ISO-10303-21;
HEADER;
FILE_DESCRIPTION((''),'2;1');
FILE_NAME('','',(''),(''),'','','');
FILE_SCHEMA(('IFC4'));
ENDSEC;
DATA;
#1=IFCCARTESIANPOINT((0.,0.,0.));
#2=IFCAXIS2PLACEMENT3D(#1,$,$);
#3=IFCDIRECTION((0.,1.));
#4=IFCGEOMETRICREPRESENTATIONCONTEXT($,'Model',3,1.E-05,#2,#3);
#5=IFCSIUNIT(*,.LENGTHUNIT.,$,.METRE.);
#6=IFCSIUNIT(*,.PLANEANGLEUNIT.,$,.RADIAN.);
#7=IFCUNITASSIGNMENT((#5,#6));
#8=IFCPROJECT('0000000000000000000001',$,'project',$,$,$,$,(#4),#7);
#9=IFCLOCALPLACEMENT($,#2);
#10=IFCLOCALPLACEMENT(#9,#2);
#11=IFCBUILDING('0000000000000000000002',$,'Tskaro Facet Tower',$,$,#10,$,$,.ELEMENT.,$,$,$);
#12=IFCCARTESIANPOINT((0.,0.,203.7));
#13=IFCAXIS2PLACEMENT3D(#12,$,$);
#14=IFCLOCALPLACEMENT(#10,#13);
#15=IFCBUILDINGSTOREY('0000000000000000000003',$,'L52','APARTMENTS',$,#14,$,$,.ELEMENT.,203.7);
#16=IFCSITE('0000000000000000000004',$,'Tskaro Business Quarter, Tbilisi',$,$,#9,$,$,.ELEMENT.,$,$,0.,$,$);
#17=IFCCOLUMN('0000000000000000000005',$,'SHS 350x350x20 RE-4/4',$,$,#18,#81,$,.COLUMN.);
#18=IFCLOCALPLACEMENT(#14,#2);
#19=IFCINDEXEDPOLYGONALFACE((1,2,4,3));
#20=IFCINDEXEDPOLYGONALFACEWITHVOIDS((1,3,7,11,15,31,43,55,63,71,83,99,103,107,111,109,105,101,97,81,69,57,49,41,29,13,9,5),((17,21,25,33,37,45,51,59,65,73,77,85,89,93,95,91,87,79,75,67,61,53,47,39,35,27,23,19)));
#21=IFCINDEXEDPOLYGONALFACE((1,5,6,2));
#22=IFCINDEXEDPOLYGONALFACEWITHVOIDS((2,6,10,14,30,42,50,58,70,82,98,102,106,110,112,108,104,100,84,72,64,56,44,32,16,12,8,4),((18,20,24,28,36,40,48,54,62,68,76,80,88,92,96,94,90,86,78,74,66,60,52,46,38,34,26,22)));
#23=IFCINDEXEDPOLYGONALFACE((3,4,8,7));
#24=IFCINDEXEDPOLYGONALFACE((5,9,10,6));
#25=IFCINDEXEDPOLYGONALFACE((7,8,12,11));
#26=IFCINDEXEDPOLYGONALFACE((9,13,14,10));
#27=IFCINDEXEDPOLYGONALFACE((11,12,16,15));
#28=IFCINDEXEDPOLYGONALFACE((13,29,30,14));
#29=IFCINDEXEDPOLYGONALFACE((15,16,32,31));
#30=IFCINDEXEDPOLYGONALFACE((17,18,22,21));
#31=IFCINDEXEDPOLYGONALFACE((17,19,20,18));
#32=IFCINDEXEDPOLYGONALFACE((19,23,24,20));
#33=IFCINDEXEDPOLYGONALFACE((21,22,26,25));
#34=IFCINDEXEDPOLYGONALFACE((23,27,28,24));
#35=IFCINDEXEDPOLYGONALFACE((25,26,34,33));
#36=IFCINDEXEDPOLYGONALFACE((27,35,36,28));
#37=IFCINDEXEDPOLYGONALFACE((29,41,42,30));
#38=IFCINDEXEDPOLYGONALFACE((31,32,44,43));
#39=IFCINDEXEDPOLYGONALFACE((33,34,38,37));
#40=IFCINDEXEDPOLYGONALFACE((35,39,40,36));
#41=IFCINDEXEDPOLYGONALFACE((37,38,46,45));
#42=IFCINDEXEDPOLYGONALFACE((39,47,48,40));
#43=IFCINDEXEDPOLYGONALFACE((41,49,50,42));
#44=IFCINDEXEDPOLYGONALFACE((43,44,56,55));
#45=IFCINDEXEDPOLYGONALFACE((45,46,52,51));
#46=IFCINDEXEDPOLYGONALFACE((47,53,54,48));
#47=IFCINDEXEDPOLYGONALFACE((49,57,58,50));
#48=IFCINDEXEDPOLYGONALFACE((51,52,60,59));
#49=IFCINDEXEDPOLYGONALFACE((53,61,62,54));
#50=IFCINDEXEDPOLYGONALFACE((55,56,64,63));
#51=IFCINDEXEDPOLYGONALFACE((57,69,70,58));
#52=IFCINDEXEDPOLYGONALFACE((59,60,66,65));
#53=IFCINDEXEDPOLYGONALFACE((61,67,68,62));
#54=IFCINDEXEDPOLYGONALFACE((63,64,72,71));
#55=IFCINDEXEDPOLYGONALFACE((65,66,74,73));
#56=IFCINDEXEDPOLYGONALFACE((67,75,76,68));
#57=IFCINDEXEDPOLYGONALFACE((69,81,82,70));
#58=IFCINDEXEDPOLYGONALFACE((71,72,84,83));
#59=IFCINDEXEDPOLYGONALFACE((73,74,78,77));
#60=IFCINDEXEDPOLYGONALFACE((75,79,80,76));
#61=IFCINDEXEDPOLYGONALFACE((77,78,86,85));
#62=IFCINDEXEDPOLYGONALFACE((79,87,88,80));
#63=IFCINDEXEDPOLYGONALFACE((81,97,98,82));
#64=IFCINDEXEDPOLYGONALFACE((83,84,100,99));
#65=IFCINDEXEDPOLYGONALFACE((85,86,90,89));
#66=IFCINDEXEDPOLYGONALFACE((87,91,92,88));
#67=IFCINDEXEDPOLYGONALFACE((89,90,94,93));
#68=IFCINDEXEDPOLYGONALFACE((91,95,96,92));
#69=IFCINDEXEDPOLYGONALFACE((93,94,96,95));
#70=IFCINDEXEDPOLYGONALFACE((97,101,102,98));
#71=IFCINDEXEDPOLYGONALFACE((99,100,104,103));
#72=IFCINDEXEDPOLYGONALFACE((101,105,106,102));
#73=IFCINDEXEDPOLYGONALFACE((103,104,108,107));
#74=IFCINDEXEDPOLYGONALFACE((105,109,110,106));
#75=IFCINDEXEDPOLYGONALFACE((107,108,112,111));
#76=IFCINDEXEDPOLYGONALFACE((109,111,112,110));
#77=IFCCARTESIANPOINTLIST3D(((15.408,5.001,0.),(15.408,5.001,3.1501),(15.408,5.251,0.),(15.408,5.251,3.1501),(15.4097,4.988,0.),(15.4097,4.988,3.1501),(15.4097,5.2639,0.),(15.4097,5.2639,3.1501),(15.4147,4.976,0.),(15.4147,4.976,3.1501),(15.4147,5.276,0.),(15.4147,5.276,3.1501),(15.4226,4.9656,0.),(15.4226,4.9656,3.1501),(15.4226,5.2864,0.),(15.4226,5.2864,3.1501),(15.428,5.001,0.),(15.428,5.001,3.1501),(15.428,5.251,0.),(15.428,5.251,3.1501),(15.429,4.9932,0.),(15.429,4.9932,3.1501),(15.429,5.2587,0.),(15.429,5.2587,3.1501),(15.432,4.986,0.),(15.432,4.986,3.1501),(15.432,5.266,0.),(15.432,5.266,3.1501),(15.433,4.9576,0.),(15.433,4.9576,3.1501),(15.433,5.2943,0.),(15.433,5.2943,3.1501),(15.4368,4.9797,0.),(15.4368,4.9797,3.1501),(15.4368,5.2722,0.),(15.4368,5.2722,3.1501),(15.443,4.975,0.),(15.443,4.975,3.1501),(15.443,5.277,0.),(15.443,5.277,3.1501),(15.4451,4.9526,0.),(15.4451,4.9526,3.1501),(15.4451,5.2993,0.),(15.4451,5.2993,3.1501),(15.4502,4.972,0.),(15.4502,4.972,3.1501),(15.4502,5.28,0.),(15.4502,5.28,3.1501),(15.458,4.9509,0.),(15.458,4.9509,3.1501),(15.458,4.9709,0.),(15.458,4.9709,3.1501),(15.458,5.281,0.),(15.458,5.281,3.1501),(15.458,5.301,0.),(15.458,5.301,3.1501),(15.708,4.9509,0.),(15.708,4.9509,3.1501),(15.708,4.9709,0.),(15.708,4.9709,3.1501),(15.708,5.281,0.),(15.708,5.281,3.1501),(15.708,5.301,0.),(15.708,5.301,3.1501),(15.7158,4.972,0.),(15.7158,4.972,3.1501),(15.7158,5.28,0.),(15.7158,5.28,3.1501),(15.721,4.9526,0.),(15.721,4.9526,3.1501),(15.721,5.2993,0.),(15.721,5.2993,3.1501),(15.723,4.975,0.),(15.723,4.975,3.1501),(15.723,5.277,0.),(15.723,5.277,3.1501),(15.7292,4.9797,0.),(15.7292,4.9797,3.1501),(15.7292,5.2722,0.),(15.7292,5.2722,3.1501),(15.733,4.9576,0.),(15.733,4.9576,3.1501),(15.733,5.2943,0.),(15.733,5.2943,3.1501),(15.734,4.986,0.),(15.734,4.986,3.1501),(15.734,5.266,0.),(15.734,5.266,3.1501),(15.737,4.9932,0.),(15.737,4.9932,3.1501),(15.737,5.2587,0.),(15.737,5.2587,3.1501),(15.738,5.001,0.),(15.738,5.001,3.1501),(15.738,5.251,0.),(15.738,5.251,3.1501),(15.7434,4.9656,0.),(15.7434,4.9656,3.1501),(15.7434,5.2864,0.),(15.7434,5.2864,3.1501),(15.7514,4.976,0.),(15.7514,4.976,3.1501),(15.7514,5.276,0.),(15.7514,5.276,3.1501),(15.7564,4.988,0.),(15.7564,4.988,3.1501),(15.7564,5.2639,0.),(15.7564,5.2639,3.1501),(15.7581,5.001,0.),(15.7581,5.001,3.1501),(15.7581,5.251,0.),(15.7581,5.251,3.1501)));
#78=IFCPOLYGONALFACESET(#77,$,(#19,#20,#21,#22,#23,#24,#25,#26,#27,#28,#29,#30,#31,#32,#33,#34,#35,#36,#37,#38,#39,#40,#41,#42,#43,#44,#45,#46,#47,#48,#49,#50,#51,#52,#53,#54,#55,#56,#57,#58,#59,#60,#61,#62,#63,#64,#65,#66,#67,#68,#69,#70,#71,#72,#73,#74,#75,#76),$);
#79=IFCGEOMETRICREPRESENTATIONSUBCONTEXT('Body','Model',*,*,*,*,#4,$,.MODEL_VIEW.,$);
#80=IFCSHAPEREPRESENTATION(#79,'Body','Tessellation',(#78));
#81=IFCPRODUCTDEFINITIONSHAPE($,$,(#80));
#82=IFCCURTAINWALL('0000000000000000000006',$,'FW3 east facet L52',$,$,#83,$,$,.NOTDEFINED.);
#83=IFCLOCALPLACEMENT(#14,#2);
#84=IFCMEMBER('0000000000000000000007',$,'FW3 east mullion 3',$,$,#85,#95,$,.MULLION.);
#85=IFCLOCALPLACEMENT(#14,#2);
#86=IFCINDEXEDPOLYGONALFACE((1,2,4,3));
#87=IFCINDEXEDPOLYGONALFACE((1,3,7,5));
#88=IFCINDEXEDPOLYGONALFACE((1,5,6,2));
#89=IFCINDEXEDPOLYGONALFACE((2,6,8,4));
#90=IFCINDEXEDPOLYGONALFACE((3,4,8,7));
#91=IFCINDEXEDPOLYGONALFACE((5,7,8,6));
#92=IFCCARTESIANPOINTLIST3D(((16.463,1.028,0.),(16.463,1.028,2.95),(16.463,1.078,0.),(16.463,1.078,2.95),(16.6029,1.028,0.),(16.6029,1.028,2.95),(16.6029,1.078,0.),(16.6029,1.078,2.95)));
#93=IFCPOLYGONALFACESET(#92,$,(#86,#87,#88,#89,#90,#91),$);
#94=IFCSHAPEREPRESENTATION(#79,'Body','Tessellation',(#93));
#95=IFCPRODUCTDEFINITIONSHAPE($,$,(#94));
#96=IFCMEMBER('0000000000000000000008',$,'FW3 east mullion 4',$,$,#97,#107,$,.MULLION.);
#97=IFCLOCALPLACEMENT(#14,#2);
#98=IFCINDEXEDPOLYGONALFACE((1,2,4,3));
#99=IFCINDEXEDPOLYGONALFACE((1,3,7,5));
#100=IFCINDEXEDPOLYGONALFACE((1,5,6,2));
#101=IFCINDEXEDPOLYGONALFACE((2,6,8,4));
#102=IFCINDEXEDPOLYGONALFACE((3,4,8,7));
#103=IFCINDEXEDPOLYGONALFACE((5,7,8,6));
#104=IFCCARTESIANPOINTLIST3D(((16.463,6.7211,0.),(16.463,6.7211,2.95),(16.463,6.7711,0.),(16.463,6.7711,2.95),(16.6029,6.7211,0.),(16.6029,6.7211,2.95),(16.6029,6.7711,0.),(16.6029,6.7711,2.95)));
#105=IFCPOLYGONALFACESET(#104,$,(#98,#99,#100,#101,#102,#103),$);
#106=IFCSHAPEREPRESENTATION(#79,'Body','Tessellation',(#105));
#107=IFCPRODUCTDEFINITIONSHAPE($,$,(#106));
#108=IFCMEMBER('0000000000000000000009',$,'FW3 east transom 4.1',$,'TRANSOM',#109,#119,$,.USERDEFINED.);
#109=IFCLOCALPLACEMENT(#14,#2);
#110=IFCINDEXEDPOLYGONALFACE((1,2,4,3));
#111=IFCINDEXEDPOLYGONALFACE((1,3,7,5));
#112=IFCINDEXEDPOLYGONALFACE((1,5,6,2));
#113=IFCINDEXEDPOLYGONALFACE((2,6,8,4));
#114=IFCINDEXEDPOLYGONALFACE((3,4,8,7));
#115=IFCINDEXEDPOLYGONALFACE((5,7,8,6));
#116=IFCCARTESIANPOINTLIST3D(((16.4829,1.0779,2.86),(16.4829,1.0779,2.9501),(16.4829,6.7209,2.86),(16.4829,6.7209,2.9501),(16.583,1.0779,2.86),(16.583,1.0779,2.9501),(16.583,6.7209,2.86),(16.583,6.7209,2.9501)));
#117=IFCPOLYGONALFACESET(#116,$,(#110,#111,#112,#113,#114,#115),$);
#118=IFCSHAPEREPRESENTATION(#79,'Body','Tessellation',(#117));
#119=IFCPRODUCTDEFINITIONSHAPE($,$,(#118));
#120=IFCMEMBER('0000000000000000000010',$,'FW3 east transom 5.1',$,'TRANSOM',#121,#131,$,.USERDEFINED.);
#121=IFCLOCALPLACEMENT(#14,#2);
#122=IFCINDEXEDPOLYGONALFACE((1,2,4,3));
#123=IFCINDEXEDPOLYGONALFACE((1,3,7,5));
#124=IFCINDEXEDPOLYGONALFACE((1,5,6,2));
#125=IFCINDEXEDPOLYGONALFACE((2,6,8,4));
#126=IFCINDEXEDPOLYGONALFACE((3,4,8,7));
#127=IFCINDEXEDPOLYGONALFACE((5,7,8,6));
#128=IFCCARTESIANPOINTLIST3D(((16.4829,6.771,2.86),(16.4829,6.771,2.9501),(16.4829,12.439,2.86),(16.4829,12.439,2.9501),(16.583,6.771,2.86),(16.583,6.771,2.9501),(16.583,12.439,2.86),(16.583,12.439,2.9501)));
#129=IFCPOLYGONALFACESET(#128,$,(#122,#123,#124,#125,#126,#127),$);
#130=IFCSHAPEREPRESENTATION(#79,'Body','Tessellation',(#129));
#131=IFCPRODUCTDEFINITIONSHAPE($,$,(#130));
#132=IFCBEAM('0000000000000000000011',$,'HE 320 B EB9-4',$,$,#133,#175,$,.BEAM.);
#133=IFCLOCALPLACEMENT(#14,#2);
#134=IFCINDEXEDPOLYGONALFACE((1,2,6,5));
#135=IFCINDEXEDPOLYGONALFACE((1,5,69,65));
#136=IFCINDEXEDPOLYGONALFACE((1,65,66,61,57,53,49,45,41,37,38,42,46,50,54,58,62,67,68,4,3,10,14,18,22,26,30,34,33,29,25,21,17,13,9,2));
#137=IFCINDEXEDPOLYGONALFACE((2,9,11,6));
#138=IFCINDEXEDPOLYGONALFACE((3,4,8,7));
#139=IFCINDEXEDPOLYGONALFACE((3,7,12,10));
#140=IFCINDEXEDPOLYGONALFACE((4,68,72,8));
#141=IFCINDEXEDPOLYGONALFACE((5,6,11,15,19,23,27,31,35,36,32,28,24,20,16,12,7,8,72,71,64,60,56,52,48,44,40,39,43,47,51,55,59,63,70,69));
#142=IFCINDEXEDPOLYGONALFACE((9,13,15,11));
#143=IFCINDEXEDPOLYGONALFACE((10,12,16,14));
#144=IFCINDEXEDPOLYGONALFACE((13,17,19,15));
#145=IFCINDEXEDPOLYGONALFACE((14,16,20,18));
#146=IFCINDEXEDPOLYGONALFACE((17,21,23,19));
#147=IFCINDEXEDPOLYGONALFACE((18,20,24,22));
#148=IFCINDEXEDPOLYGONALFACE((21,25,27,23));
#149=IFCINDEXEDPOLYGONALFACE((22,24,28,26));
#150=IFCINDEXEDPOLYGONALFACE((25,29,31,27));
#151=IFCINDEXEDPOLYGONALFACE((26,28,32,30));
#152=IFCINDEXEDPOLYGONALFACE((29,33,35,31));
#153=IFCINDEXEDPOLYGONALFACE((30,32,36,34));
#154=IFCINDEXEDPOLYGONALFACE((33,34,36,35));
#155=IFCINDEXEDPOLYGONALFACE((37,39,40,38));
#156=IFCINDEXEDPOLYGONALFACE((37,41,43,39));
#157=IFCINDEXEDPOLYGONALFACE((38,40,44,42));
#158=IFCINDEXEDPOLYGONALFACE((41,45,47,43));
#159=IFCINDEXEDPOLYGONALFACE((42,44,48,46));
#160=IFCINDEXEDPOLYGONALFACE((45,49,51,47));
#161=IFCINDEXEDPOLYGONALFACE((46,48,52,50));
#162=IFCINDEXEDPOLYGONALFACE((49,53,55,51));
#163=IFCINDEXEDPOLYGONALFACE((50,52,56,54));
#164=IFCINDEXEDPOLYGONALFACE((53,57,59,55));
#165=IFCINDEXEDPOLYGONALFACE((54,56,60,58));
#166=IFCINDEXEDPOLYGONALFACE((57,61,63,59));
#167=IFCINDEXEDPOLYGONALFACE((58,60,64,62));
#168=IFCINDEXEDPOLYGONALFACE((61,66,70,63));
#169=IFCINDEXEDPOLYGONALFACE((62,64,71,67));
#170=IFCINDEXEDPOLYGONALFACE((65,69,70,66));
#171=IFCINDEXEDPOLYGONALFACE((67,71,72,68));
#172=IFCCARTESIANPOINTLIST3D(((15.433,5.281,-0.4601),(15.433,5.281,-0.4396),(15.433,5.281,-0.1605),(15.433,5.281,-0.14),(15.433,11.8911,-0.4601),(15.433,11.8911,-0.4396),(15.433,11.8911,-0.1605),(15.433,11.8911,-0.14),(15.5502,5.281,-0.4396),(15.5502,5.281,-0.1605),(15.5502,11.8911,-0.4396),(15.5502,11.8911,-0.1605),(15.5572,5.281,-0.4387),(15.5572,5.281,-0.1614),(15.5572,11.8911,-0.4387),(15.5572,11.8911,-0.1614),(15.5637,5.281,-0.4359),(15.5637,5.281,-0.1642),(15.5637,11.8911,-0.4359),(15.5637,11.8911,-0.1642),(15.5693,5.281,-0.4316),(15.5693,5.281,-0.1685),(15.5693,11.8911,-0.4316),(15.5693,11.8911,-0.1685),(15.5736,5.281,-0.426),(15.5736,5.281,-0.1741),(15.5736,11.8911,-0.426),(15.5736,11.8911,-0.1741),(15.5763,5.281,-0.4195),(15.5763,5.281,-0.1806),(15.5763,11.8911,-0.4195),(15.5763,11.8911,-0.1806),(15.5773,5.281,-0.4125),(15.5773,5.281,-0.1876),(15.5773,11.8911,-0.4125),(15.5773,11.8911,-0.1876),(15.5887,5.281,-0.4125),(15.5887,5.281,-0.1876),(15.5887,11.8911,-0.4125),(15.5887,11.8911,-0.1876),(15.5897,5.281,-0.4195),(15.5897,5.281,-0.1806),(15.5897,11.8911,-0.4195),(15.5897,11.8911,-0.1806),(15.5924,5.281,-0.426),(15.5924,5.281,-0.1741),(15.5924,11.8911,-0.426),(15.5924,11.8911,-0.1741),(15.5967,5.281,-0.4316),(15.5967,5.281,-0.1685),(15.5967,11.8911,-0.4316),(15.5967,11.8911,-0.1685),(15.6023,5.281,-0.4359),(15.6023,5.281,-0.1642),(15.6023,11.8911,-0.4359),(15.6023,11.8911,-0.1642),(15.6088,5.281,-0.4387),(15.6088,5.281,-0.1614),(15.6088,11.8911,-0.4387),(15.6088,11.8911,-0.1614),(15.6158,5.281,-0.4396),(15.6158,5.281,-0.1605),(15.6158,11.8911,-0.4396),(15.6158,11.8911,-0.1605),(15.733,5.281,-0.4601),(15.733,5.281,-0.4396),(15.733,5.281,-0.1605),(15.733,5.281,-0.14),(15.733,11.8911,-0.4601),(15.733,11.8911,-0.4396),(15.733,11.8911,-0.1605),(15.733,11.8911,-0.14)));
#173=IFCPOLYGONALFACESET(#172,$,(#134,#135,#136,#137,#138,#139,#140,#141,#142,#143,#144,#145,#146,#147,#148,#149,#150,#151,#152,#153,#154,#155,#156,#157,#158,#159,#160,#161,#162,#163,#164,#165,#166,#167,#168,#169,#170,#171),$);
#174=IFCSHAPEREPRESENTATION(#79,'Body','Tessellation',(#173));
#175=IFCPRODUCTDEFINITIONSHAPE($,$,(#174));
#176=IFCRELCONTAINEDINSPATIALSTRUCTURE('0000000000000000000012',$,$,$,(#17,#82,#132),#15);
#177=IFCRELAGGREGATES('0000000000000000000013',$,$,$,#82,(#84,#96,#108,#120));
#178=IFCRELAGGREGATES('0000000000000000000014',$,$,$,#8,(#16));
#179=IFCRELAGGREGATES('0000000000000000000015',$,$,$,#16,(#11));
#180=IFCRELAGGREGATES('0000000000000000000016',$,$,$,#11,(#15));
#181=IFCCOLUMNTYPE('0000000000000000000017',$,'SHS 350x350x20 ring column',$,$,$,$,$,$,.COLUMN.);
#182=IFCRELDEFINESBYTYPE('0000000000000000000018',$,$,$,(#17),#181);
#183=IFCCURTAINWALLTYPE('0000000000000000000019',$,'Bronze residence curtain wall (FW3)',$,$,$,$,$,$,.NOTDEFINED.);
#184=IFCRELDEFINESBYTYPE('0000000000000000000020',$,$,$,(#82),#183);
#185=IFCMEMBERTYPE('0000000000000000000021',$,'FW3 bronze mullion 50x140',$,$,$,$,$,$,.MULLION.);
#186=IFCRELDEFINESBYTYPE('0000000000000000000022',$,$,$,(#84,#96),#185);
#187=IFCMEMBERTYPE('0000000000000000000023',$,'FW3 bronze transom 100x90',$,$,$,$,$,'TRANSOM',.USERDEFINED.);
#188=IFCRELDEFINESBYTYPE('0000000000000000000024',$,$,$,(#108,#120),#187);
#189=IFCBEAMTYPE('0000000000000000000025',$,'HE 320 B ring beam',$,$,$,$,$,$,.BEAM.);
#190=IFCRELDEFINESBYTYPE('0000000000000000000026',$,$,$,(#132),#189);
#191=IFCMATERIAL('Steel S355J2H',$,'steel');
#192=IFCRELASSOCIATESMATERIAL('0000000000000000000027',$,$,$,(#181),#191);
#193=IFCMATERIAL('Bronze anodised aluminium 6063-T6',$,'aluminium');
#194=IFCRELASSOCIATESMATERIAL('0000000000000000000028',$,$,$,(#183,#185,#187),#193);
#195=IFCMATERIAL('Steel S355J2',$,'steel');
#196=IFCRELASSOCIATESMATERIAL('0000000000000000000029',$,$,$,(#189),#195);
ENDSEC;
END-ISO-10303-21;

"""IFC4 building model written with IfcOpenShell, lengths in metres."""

from ifc_helpers import new_model, si_unit, direction, frame, origin, origin_2d, place, context, subcontext, project, spatial, rectangle, hollow_rectangle, i_section, extrude, material, material_profile, profile_set, type_object, element, aggregate, save


model = new_model("IFC4")

# Units and contexts
model_context = context("Model", 3, precision=1e-05, world=origin(), true_north=direction((0.0, 1.0)))
body_context = subcontext(model_context, "Body", "Model", "MODEL_VIEW")
ifc_project = project(units=[si_unit("LENGTHUNIT", "METRE"), si_unit("PLANEANGLEUNIT", "RADIAN")], contexts=[model_context])

# Site, building, storey
site_placement = place(None, origin())
site = spatial("IfcSite", under=ifc_project, at=site_placement, Name="Tskaro Business Quarter, Tbilisi", CompositionType="ELEMENT", RefElevation=0.0)
building_placement = place(site_placement, origin())
building = spatial("IfcBuilding", under=site, at=building_placement, Name="Tskaro Facet Tower", CompositionType="ELEMENT")
storey_placement = place(building_placement, frame((0.0, 0.0, 203.7)))
storey = spatial("IfcBuildingStorey", under=building, at=storey_placement, Name="L52", Description="APARTMENTS", CompositionType="ELEMENT", Elevation=203.7)

# Column
ifc_material_1 = material(Name="Steel S355J2H", Category="steel")
ifc_material_profile_1 = material_profile(ifc_material_1, hollow_rectangle(XDim=0.3501, YDim=0.3501, WallThickness=0.02, InnerFilletRadius=0.03, OuterFilletRadius=0.05, at=origin_2d()), Name="SHS 350x350x20")
ifc_profile_set_1 = profile_set([ifc_material_profile_1], Name="Steel S355J2H")
column_type = type_object("IfcColumnType", Name="SHS 350x350x20 ring column", PredefinedType="COLUMN", material=ifc_profile_set_1)
column_placement = place(storey_placement, frame((15.583, 5.126, 0.0), z_axis=(0.0, 0.0, 1.0), x_axis=(1.0, 0.0, 0.0)))
element("IfcColumn", 1, at=column_placement, inside=storey, type_object=column_type, Name="SHS 350x350x20 RE-4/4", PredefinedType="COLUMN", context=body_context, shape_type="SweptSolid", body=[
    extrude(hollow_rectangle(XDim=0.3501, YDim=0.3501, WallThickness=0.02, InnerFilletRadius=0.03, OuterFilletRadius=0.05, at=origin_2d()), origin(), (0.0, 0.0, 1.0), 3.1501),
])

# Curtain wall, members
ifc_material_2 = material(Name="Bronze anodised aluminium 6063-T6", Category="aluminium")
curtain_wall_type = type_object("IfcCurtainWallType", Name="Bronze residence curtain wall (FW3)", PredefinedType="NOTDEFINED", material=ifc_material_2)
curtain_wall_placement = place(storey_placement, origin())
curtain_wall = element("IfcCurtainWall", 2, at=curtain_wall_placement, inside=storey, type_object=curtain_wall_type, Name="FW3 east facet L52", PredefinedType="NOTDEFINED")
ifc_material_profile_2 = material_profile(ifc_material_2, rectangle(XDim=0.05, YDim=0.1399, at=origin_2d()), Name="Mullion 50x140")
ifc_profile_set_2 = profile_set([ifc_material_profile_2], Name="Bronze anodised aluminium 6063-T6")
member_type_1 = type_object("IfcMemberType", Name="FW3 bronze mullion 50x140", PredefinedType="MULLION", material=ifc_profile_set_2)
member_1_placement = place(storey_placement, frame((16.533, 1.053, 0.0), z_axis=(0.0, 0.0, 1.0), x_axis=(0.0, 1.0, 0.0)))
member_1 = element("IfcMember", 3, at=member_1_placement, type_object=member_type_1, Name="FW3 east mullion 3", PredefinedType="MULLION", context=body_context, shape_type="SweptSolid", body=[
    extrude(rectangle(XDim=0.05, YDim=0.1399, at=origin_2d()), origin(), (0.0, 0.0, 1.0), 2.95),
])
member_2_placement = place(storey_placement, frame((16.533, 6.7461, 0.0), z_axis=(0.0, 0.0, 1.0), x_axis=(0.0, 1.0, 0.0)))
member_2 = element("IfcMember", 4, at=member_2_placement, type_object=member_type_1, Name="FW3 east mullion 4", PredefinedType="MULLION", context=body_context, shape_type="SweptSolid", body=[
    extrude(rectangle(XDim=0.05, YDim=0.1399, at=origin_2d()), origin(), (0.0, 0.0, 1.0), 2.95),
])
ifc_material_profile_3 = material_profile(ifc_material_2, rectangle(XDim=0.1001, YDim=0.0901, at=origin_2d()), Name="Transom 100x90")
ifc_profile_set_3 = profile_set([ifc_material_profile_3], Name="Bronze anodised aluminium 6063-T6")
member_type_2 = type_object("IfcMemberType", Name="FW3 bronze transom 100x90", ElementType="TRANSOM", PredefinedType="USERDEFINED", material=ifc_profile_set_3)
member_3_placement = place(storey_placement, frame((16.533, 1.0779, 2.905), z_axis=(0.0, 1.0, 0.0), x_axis=(-1.0, 0.0, 0.0)))
member_3 = element("IfcMember", 5, at=member_3_placement, type_object=member_type_2, Name="FW3 east transom 4.1", ObjectType="TRANSOM", PredefinedType="USERDEFINED", context=body_context, shape_type="SweptSolid", body=[
    extrude(rectangle(XDim=0.1001, YDim=0.0901, at=origin_2d()), origin(), (0.0, 0.0, 1.0), 5.6431),
])
member_4_placement = place(storey_placement, frame((16.533, 6.771, 2.905), z_axis=(0.0, 1.0, 0.0), x_axis=(-1.0, 0.0, 0.0)))
member_4 = element("IfcMember", 6, at=member_4_placement, type_object=member_type_2, Name="FW3 east transom 5.1", ObjectType="TRANSOM", PredefinedType="USERDEFINED", context=body_context, shape_type="SweptSolid", body=[
    extrude(rectangle(XDim=0.1001, YDim=0.0901, at=origin_2d()), origin(), (0.0, 0.0, 1.0), 5.668),
])

# Beam
ifc_material_3 = material(Name="Steel S355J2", Category="steel")
ifc_material_profile_4 = material_profile(ifc_material_3, i_section(OverallWidth=0.3, OverallDepth=0.3201, WebThickness=0.0115, FlangeThickness=0.0205, FilletRadius=0.0271, at=origin_2d()), Name="HE 320 B")
ifc_profile_set_4 = profile_set([ifc_material_profile_4], Name="Steel S355J2")
beam_type_1 = type_object("IfcBeamType", Name="HE 320 B ring beam", PredefinedType="BEAM", material=ifc_profile_set_4)
beam_1_placement = place(storey_placement, frame((15.583, 5.281, -0.3), z_axis=(0.0, 1.0, 0.0), x_axis=(-1.0, 0.0, 0.0)))
element("IfcBeam", 7, at=beam_1_placement, inside=storey, type_object=beam_type_1, Name="HE 320 B EB9-4", PredefinedType="BEAM", context=body_context, shape_type="SweptSolid", body=[
    extrude(i_section(OverallWidth=0.3, OverallDepth=0.3201, WebThickness=0.0115, FlangeThickness=0.0205, FilletRadius=0.0271, at=origin_2d()), origin(), (0.0, 0.0, 1.0), 6.6101),
])

aggregate(curtain_wall, [member_1, member_2, member_3, member_4])

save(model, "model.ifc")
